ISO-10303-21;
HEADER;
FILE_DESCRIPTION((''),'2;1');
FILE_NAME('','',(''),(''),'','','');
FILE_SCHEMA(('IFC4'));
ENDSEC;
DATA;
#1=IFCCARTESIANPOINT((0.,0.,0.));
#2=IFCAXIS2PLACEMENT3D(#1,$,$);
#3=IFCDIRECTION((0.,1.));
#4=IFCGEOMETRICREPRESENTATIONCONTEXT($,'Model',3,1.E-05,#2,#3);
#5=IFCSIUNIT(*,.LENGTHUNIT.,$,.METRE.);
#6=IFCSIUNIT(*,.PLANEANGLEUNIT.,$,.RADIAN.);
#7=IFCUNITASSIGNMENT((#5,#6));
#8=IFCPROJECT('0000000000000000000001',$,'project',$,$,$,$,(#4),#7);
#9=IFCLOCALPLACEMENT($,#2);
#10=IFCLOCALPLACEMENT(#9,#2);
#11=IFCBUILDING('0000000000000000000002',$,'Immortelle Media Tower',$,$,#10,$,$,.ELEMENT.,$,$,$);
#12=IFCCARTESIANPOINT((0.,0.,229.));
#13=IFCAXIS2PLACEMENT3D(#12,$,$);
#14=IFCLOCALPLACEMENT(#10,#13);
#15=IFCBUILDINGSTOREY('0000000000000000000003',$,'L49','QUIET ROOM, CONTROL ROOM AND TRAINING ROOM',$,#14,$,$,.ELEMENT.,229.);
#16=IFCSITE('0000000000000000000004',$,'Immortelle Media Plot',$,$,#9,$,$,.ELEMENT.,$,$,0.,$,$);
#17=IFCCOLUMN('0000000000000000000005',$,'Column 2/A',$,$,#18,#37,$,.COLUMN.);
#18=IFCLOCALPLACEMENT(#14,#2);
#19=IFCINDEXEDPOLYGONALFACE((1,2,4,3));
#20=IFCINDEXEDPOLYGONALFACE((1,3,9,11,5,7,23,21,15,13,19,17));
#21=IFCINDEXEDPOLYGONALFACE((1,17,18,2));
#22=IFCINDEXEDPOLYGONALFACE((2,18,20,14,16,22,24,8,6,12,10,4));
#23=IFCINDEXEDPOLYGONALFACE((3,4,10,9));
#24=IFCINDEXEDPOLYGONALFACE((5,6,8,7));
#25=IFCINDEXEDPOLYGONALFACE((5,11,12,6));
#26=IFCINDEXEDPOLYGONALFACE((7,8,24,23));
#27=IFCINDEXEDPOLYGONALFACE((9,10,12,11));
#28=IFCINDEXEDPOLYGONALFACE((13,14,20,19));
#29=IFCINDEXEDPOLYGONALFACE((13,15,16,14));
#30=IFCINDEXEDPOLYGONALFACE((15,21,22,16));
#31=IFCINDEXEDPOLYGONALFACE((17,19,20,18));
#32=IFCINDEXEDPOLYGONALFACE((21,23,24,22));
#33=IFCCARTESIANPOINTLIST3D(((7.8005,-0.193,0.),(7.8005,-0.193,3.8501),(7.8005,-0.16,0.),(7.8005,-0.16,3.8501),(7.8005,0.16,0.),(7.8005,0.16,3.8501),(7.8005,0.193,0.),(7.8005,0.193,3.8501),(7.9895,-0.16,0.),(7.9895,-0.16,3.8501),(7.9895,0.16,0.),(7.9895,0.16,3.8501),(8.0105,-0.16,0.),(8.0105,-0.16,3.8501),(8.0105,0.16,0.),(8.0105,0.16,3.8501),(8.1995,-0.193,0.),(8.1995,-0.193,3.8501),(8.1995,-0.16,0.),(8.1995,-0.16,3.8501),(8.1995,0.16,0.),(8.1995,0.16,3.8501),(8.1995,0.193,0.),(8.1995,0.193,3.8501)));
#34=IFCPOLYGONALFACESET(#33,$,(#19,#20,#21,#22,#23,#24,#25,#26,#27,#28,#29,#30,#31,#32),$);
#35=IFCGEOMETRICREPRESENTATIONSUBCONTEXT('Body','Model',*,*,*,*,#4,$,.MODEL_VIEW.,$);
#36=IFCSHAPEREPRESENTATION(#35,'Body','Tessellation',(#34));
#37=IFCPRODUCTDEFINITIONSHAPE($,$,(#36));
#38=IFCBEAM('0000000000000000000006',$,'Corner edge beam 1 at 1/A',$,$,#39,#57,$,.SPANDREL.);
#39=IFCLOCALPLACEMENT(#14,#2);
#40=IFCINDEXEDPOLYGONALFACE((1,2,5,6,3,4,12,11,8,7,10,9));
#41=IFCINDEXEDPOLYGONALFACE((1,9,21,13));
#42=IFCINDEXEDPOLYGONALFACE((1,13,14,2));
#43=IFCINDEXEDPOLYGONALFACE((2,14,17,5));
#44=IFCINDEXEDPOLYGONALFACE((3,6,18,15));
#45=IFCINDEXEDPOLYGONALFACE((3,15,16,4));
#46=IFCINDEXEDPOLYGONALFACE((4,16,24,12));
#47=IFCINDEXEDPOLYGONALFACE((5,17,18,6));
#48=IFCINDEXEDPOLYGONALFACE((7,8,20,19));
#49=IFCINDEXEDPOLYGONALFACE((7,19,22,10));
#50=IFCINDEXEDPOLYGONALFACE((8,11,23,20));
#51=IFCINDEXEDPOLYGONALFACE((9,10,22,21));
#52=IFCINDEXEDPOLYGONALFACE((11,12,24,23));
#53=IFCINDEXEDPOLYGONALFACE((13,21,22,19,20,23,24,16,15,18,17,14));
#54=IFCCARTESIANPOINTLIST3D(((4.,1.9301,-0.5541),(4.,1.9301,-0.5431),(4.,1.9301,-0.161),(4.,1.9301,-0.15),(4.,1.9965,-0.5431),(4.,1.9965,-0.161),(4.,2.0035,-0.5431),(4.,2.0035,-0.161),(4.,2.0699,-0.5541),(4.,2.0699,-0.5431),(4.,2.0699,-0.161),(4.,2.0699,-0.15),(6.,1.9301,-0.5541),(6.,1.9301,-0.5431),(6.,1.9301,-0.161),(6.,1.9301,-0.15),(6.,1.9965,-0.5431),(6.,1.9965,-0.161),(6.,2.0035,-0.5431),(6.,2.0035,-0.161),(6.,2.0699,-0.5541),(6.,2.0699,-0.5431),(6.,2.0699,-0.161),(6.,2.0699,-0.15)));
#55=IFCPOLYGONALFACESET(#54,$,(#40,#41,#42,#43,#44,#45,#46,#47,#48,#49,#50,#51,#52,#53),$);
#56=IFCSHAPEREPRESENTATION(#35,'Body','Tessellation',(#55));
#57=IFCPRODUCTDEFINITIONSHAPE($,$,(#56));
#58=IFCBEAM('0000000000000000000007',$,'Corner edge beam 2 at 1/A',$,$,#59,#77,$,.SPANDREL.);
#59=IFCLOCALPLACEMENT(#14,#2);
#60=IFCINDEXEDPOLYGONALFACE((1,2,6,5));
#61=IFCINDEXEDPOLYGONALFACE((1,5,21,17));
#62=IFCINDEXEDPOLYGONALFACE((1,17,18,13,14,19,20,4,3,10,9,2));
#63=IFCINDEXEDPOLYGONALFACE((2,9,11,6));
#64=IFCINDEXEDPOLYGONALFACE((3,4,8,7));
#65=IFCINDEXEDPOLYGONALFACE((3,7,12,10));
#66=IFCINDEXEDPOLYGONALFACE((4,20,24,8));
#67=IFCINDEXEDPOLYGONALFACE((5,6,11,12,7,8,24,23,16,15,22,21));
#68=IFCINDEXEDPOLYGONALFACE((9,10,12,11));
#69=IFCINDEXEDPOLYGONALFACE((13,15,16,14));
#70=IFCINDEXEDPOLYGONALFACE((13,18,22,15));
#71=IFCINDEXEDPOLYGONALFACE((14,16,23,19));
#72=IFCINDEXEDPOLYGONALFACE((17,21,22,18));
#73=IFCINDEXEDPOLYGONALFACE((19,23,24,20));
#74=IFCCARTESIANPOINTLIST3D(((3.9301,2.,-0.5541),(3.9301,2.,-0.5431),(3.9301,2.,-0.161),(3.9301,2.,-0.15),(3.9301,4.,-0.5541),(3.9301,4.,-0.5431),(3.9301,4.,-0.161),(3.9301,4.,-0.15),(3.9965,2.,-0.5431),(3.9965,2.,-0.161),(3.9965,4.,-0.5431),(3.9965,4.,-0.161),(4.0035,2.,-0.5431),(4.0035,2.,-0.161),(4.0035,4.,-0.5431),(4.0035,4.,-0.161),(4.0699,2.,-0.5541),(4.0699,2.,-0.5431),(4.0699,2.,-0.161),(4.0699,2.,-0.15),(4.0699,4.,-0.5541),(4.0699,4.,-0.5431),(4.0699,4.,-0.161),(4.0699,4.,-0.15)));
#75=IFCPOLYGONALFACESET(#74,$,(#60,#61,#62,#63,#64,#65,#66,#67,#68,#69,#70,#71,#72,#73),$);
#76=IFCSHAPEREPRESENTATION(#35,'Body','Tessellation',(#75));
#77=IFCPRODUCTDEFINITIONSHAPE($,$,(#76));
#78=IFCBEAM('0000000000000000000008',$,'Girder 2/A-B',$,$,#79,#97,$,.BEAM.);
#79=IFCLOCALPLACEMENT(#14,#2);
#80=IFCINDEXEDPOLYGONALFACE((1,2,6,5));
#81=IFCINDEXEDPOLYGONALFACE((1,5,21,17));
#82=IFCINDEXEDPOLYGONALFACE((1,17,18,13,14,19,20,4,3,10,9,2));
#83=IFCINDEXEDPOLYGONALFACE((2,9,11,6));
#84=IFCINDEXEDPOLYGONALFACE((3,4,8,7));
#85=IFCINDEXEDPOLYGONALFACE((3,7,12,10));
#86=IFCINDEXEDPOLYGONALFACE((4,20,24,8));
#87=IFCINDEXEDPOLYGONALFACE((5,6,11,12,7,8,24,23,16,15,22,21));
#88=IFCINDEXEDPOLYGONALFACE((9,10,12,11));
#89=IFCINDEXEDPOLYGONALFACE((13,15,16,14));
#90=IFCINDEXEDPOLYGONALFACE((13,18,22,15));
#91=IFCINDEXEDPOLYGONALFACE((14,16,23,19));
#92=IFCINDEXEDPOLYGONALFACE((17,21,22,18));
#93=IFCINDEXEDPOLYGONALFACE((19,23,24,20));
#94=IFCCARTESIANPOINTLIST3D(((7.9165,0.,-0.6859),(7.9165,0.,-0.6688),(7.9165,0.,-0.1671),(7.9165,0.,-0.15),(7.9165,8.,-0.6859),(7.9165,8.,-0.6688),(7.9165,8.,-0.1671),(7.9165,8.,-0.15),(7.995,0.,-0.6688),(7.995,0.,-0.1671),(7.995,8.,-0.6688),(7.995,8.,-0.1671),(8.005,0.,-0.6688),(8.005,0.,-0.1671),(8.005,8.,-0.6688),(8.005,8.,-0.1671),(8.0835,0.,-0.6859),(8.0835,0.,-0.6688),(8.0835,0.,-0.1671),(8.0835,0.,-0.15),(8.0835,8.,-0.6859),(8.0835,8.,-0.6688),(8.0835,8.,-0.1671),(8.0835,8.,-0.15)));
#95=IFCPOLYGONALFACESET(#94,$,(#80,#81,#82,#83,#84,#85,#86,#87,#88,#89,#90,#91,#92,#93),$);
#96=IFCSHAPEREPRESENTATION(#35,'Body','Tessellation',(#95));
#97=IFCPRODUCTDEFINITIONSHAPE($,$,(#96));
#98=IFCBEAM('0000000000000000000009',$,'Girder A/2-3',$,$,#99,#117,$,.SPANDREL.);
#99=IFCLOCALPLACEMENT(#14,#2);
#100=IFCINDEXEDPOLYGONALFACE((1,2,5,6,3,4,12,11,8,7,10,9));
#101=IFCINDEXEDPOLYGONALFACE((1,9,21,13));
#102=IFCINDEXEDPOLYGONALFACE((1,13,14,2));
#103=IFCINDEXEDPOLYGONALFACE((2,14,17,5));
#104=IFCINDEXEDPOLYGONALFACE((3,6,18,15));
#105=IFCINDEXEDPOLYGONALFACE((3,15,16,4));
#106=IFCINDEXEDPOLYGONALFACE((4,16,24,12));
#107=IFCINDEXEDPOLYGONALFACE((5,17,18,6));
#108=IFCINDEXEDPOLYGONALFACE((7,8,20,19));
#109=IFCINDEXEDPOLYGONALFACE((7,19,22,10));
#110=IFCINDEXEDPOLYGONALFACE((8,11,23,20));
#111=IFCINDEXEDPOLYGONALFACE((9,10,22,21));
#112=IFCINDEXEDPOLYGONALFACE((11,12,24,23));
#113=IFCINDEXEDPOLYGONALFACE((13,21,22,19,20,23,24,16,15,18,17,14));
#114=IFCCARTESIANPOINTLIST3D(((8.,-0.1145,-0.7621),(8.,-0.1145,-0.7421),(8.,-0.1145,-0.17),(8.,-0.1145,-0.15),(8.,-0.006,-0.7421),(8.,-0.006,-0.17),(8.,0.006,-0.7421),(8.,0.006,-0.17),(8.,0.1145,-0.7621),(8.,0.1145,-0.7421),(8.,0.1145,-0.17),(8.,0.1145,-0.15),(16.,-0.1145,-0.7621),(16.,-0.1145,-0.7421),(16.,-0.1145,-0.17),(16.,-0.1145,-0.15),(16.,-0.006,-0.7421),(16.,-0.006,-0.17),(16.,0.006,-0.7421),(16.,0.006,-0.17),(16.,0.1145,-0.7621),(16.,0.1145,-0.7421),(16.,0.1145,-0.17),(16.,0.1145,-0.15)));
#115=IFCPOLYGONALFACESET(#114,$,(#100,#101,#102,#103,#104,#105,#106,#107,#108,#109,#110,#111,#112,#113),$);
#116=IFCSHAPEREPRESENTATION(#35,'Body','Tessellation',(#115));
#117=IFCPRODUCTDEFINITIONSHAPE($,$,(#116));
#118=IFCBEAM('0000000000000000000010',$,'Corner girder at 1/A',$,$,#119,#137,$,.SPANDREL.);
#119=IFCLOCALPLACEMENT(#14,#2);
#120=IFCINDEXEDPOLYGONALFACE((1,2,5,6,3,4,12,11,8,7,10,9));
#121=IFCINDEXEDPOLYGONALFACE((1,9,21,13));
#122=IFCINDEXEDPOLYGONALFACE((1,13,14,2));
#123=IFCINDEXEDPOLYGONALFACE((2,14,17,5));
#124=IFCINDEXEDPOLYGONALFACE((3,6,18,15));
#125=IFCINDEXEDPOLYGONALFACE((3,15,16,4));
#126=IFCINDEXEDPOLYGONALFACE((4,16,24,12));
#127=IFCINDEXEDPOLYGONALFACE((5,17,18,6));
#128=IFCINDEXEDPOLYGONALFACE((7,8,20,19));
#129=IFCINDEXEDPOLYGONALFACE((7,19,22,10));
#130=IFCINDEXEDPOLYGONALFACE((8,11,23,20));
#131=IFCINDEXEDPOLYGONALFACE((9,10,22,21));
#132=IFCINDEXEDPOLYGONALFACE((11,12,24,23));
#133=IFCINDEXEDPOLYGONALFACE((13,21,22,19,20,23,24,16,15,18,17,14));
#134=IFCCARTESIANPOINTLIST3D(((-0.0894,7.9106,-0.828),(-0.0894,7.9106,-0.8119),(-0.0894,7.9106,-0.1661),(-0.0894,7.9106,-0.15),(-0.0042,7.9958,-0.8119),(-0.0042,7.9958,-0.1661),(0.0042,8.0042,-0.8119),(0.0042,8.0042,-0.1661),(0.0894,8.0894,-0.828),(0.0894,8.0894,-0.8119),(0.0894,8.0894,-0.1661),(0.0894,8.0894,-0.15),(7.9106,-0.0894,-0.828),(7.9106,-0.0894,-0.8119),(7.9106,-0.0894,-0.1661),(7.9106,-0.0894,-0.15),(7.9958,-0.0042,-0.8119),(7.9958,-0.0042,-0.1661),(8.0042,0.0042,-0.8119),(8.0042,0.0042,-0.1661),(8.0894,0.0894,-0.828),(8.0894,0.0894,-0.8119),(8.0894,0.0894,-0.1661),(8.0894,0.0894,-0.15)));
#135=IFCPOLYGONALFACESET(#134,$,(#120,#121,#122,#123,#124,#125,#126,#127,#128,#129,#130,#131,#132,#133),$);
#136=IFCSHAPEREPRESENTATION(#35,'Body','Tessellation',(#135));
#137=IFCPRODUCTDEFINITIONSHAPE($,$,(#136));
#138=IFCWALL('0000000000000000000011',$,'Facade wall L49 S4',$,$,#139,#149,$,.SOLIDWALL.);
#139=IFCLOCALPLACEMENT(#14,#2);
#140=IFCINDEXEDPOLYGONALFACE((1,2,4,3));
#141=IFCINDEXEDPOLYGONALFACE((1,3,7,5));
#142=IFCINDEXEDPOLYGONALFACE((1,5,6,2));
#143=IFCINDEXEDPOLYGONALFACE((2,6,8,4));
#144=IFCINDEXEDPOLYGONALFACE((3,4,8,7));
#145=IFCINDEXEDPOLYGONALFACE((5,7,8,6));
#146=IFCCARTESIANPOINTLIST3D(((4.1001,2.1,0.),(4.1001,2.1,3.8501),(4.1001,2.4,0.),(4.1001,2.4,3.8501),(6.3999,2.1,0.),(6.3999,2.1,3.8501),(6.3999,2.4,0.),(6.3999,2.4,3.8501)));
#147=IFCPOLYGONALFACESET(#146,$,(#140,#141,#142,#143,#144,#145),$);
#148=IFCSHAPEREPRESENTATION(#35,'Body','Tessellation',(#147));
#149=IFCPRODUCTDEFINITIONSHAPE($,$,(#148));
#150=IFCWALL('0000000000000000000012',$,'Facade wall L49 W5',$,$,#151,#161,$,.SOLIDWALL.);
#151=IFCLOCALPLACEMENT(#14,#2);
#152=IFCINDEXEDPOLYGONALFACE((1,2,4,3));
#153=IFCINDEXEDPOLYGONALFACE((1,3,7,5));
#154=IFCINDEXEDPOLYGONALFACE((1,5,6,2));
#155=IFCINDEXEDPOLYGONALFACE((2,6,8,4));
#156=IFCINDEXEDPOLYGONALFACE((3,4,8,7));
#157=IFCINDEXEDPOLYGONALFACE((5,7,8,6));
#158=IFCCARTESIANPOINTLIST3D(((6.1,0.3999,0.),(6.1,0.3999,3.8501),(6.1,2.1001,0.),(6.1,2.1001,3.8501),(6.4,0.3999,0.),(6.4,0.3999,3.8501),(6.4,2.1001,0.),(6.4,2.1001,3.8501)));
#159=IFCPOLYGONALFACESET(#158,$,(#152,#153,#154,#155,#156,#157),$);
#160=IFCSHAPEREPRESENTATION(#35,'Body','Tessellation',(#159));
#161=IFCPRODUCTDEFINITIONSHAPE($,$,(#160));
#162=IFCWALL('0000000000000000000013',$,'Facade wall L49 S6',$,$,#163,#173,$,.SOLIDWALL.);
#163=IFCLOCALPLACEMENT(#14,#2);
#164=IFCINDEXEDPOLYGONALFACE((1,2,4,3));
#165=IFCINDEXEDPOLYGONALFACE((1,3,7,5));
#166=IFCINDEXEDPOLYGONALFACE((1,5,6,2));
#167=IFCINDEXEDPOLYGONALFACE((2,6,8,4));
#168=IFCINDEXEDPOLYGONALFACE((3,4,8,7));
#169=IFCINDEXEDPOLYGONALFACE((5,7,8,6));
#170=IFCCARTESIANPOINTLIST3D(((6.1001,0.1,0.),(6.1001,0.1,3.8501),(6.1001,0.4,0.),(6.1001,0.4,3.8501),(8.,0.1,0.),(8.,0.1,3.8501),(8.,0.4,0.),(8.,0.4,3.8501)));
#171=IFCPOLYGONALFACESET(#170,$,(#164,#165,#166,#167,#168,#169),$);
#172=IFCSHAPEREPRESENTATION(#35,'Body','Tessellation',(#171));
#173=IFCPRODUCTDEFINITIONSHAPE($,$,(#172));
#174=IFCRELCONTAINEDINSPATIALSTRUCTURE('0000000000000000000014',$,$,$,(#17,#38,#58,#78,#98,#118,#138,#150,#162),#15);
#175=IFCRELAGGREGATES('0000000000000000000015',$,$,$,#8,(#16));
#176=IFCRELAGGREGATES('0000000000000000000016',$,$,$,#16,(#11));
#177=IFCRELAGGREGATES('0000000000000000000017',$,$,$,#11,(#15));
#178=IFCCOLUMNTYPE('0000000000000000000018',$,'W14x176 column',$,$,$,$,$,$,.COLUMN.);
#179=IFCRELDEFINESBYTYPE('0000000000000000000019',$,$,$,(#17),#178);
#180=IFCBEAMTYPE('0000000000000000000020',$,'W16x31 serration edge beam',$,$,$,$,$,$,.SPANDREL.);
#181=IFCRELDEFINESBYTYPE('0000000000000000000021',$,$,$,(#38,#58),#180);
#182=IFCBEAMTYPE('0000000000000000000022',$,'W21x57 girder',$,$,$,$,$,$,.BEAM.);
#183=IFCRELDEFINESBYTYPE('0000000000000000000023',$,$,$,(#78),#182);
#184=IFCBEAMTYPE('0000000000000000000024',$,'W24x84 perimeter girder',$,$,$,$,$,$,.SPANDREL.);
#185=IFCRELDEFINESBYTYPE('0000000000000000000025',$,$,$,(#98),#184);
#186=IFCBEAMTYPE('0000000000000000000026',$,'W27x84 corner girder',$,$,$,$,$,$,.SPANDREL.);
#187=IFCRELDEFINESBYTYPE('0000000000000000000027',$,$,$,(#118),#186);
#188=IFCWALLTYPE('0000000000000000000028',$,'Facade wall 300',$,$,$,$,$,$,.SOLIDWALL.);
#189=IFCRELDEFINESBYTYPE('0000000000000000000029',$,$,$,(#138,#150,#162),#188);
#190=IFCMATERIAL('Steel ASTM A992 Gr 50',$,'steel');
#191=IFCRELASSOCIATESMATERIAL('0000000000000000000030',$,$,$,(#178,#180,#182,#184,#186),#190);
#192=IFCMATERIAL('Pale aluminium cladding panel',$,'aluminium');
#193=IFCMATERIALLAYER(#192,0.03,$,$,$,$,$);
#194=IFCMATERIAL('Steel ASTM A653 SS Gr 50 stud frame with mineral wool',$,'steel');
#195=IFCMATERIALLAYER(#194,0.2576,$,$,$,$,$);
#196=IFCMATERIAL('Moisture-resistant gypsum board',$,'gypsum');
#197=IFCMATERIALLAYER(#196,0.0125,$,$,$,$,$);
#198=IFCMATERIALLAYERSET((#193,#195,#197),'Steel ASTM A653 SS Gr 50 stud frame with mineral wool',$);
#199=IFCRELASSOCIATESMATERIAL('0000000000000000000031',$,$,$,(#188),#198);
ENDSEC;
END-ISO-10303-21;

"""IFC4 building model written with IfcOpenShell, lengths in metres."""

from ifc_helpers import new_model, si_unit, direction, frame, frame_2d, origin, origin_2d, place, context, subcontext, project, spatial, rectangle, i_section, extrude, material, layer, layer_set, material_profile, profile_set, type_object, element, save


model = new_model("IFC4")

# Units and contexts
model_context = context("Model", 3, precision=1e-05, world=origin(), true_north=direction((0.0, 1.0)))
body_context = subcontext(model_context, "Body", "Model", "MODEL_VIEW")
ifc_project = project(units=[si_unit("LENGTHUNIT", "METRE"), si_unit("PLANEANGLEUNIT", "RADIAN")], contexts=[model_context])

# Site, building, storey
site_placement = place(None, origin())
site = spatial("IfcSite", under=ifc_project, at=site_placement, Name="Immortelle Media Plot", CompositionType="ELEMENT", RefElevation=0.0)
building_placement = place(site_placement, origin())
building = spatial("IfcBuilding", under=site, at=building_placement, Name="Immortelle Media Tower", CompositionType="ELEMENT")
storey_placement = place(building_placement, frame((0.0, 0.0, 229.0)))
storey = spatial("IfcBuildingStorey", under=building, at=storey_placement, Name="L49", Description="QUIET ROOM, CONTROL ROOM AND TRAINING ROOM", CompositionType="ELEMENT", Elevation=229.0)

# Column
ifc_material_1 = material(Name="Steel ASTM A992 Gr 50", Category="steel")
ifc_material_profile_1 = material_profile(ifc_material_1, i_section(OverallWidth=0.3989, OverallDepth=0.386, WebThickness=0.021, FlangeThickness=0.033, at=origin_2d()), Name="W14x176")
ifc_profile_set_1 = profile_set([ifc_material_profile_1], Name="Steel ASTM A992 Gr 50")
column_type = type_object("IfcColumnType", Name="W14x176 column", PredefinedType="COLUMN", material=ifc_profile_set_1)
column_placement = place(storey_placement, frame((8.0, 0.0, 0.0), z_axis=(0.0, 0.0, 1.0), x_axis=(1.0, 0.0, 0.0)))
element("IfcColumn", 1, at=column_placement, inside=storey, type_object=column_type, Name="Column 2/A", PredefinedType="COLUMN", context=body_context, shape_type="SweptSolid", body=[
    extrude(i_section(OverallWidth=0.3989, OverallDepth=0.386, WebThickness=0.021, FlangeThickness=0.033, at=origin_2d()), origin(), (0.0, 0.0, 1.0), 3.8501),
])

# Beams
ifc_material_profile_2 = material_profile(ifc_material_1, i_section(OverallWidth=0.1399, OverallDepth=0.4041, WebThickness=0.0071, FlangeThickness=0.011, at=origin_2d()), Name="W16x31")
ifc_profile_set_2 = profile_set([ifc_material_profile_2], Name="Steel ASTM A992 Gr 50")
beam_type_1 = type_object("IfcBeamType", Name="W16x31 serration edge beam", PredefinedType="SPANDREL", material=ifc_profile_set_2)
for number, where, z_axis, x_axis, name in (
    (2, (6.0, 2.0, -0.3521), (-1.0, 0.0, 0.0), (0.0, -1.0, 0.0), "Corner edge beam 1 at 1/A"),
    (3, (4.0, 2.0, -0.3521), (0.0, 1.0, 0.0), (-1.0, 0.0, 0.0), "Corner edge beam 2 at 1/A"),
):
    element("IfcBeam", number, at=place(storey_placement, frame(where, z_axis=z_axis, x_axis=x_axis)), inside=storey, type_object=beam_type_1, Name=name, PredefinedType="SPANDREL", context=body_context, shape_type="SweptSolid", body=[
        extrude(i_section(OverallWidth=0.1399, OverallDepth=0.4041, WebThickness=0.0071, FlangeThickness=0.011, at=origin_2d()), origin(), (0.0, 0.0, 1.0), 2.0),
    ])
ifc_material_profile_3 = material_profile(ifc_material_1, i_section(OverallWidth=0.167, OverallDepth=0.5359, WebThickness=0.01, FlangeThickness=0.0171, at=origin_2d()), Name="W21x57")
ifc_profile_set_3 = profile_set([ifc_material_profile_3], Name="Steel ASTM A992 Gr 50")
beam_type_2 = type_object("IfcBeamType", Name="W21x57 girder", PredefinedType="BEAM", material=ifc_profile_set_3)
beam_1_placement = place(storey_placement, frame((8.0, 0.0, -0.418), z_axis=(0.0, 1.0, 0.0), x_axis=(-1.0, 0.0, 0.0)))
element("IfcBeam", 4, at=beam_1_placement, inside=storey, type_object=beam_type_2, Name="Girder 2/A-B", PredefinedType="BEAM", context=body_context, shape_type="SweptSolid", body=[
    extrude(i_section(OverallWidth=0.167, OverallDepth=0.5359, WebThickness=0.01, FlangeThickness=0.0171, at=origin_2d()), origin(), (0.0, 0.0, 1.0), 8.0),
])
ifc_material_profile_4 = material_profile(ifc_material_1, i_section(OverallWidth=0.229, OverallDepth=0.6121, WebThickness=0.012, FlangeThickness=0.02, at=origin_2d()), Name="W24x84")
ifc_profile_set_4 = profile_set([ifc_material_profile_4], Name="Steel ASTM A992 Gr 50")
beam_type_3 = type_object("IfcBeamType", Name="W24x84 perimeter girder", PredefinedType="SPANDREL", material=ifc_profile_set_4)
beam_2_placement = place(storey_placement, frame((8.0, 0.0, -0.4561), z_axis=(1.0, 0.0, 0.0), x_axis=(0.0, 1.0, 0.0)))
element("IfcBeam", 5, at=beam_2_placement, inside=storey, type_object=beam_type_3, Name="Girder A/2-3", PredefinedType="SPANDREL", context=body_context, shape_type="SweptSolid", body=[
    extrude(i_section(OverallWidth=0.229, OverallDepth=0.6121, WebThickness=0.012, FlangeThickness=0.02, at=origin_2d()), origin(), (0.0, 0.0, 1.0), 8.0),
])
ifc_material_profile_5 = material_profile(ifc_material_1, i_section(OverallWidth=0.2529, OverallDepth=0.678, WebThickness=0.012, FlangeThickness=0.0161, at=origin_2d()), Name="W27x84")
ifc_profile_set_5 = profile_set([ifc_material_profile_5], Name="Steel ASTM A992 Gr 50")
beam_type_4 = type_object("IfcBeamType", Name="W27x84 corner girder", PredefinedType="SPANDREL", material=ifc_profile_set_5)
beam_3_placement = place(storey_placement, frame((8.0, 0.0, -0.489), z_axis=(-0.707107, 0.707107, 0.0), x_axis=(-0.707107, -0.707107, 0.0)))
element("IfcBeam", 6, at=beam_3_placement, inside=storey, type_object=beam_type_4, Name="Corner girder at 1/A", PredefinedType="SPANDREL", context=body_context, shape_type="SweptSolid", body=[
    extrude(i_section(OverallWidth=0.2529, OverallDepth=0.678, WebThickness=0.012, FlangeThickness=0.0161, at=origin_2d()), origin(), (0.0, 0.0, 1.0), 11.3137),
])

# Walls
ifc_material_2 = material(Name="Pale aluminium cladding panel", Category="aluminium")
ifc_layer_1 = layer(ifc_material_2, 0.03)
ifc_material_3 = material(Name="Steel ASTM A653 SS Gr 50 stud frame with mineral wool", Category="steel")
ifc_layer_2 = layer(ifc_material_3, 0.2576)
ifc_material_4 = material(Name="Moisture-resistant gypsum board", Category="gypsum")
ifc_layer_3 = layer(ifc_material_4, 0.0125)
ifc_layer_set = layer_set([ifc_layer_1, ifc_layer_2, ifc_layer_3], Name="Steel ASTM A653 SS Gr 50 stud frame with mineral wool")
wall_type = type_object("IfcWallType", Name="Facade wall 300", PredefinedType="SOLIDWALL", material=ifc_layer_set)
wall_1_placement = place(storey_placement, frame((4.1001, 2.25, 0.0), z_axis=(0.0, 0.0, 1.0), x_axis=(1.0, 0.0, 0.0)))
element("IfcWall", 7, at=wall_1_placement, inside=storey, type_object=wall_type, Name="Facade wall L49 S4", PredefinedType="SOLIDWALL", context=body_context, shape_type="SweptSolid", body=[
    extrude(rectangle(XDim=2.2998, YDim=0.3, at=frame_2d((1.1499, 0.0))), origin(), (0.0, 0.0, 1.0), 3.8501),
])
wall_2_placement = place(storey_placement, frame((6.25, 2.1001, 0.0), z_axis=(0.0, 0.0, 1.0), x_axis=(0.0, -1.0, 0.0)))
element("IfcWall", 8, at=wall_2_placement, inside=storey, type_object=wall_type, Name="Facade wall L49 W5", PredefinedType="SOLIDWALL", context=body_context, shape_type="SweptSolid", body=[
    extrude(rectangle(XDim=1.7002, YDim=0.3, at=frame_2d((0.8501, 0.0))), origin(), (0.0, 0.0, 1.0), 3.8501),
])
wall_3_placement = place(storey_placement, frame((6.1001, 0.25, 0.0), z_axis=(0.0, 0.0, 1.0), x_axis=(1.0, 0.0, 0.0)))
element("IfcWall", 9, at=wall_3_placement, inside=storey, type_object=wall_type, Name="Facade wall L49 S6", PredefinedType="SOLIDWALL", context=body_context, shape_type="SweptSolid", body=[
    extrude(rectangle(XDim=1.8999, YDim=0.3, at=frame_2d((0.95, 0.0))), origin(), (0.0, 0.0, 1.0), 3.8501),
])

save(model, "model.ifc")
